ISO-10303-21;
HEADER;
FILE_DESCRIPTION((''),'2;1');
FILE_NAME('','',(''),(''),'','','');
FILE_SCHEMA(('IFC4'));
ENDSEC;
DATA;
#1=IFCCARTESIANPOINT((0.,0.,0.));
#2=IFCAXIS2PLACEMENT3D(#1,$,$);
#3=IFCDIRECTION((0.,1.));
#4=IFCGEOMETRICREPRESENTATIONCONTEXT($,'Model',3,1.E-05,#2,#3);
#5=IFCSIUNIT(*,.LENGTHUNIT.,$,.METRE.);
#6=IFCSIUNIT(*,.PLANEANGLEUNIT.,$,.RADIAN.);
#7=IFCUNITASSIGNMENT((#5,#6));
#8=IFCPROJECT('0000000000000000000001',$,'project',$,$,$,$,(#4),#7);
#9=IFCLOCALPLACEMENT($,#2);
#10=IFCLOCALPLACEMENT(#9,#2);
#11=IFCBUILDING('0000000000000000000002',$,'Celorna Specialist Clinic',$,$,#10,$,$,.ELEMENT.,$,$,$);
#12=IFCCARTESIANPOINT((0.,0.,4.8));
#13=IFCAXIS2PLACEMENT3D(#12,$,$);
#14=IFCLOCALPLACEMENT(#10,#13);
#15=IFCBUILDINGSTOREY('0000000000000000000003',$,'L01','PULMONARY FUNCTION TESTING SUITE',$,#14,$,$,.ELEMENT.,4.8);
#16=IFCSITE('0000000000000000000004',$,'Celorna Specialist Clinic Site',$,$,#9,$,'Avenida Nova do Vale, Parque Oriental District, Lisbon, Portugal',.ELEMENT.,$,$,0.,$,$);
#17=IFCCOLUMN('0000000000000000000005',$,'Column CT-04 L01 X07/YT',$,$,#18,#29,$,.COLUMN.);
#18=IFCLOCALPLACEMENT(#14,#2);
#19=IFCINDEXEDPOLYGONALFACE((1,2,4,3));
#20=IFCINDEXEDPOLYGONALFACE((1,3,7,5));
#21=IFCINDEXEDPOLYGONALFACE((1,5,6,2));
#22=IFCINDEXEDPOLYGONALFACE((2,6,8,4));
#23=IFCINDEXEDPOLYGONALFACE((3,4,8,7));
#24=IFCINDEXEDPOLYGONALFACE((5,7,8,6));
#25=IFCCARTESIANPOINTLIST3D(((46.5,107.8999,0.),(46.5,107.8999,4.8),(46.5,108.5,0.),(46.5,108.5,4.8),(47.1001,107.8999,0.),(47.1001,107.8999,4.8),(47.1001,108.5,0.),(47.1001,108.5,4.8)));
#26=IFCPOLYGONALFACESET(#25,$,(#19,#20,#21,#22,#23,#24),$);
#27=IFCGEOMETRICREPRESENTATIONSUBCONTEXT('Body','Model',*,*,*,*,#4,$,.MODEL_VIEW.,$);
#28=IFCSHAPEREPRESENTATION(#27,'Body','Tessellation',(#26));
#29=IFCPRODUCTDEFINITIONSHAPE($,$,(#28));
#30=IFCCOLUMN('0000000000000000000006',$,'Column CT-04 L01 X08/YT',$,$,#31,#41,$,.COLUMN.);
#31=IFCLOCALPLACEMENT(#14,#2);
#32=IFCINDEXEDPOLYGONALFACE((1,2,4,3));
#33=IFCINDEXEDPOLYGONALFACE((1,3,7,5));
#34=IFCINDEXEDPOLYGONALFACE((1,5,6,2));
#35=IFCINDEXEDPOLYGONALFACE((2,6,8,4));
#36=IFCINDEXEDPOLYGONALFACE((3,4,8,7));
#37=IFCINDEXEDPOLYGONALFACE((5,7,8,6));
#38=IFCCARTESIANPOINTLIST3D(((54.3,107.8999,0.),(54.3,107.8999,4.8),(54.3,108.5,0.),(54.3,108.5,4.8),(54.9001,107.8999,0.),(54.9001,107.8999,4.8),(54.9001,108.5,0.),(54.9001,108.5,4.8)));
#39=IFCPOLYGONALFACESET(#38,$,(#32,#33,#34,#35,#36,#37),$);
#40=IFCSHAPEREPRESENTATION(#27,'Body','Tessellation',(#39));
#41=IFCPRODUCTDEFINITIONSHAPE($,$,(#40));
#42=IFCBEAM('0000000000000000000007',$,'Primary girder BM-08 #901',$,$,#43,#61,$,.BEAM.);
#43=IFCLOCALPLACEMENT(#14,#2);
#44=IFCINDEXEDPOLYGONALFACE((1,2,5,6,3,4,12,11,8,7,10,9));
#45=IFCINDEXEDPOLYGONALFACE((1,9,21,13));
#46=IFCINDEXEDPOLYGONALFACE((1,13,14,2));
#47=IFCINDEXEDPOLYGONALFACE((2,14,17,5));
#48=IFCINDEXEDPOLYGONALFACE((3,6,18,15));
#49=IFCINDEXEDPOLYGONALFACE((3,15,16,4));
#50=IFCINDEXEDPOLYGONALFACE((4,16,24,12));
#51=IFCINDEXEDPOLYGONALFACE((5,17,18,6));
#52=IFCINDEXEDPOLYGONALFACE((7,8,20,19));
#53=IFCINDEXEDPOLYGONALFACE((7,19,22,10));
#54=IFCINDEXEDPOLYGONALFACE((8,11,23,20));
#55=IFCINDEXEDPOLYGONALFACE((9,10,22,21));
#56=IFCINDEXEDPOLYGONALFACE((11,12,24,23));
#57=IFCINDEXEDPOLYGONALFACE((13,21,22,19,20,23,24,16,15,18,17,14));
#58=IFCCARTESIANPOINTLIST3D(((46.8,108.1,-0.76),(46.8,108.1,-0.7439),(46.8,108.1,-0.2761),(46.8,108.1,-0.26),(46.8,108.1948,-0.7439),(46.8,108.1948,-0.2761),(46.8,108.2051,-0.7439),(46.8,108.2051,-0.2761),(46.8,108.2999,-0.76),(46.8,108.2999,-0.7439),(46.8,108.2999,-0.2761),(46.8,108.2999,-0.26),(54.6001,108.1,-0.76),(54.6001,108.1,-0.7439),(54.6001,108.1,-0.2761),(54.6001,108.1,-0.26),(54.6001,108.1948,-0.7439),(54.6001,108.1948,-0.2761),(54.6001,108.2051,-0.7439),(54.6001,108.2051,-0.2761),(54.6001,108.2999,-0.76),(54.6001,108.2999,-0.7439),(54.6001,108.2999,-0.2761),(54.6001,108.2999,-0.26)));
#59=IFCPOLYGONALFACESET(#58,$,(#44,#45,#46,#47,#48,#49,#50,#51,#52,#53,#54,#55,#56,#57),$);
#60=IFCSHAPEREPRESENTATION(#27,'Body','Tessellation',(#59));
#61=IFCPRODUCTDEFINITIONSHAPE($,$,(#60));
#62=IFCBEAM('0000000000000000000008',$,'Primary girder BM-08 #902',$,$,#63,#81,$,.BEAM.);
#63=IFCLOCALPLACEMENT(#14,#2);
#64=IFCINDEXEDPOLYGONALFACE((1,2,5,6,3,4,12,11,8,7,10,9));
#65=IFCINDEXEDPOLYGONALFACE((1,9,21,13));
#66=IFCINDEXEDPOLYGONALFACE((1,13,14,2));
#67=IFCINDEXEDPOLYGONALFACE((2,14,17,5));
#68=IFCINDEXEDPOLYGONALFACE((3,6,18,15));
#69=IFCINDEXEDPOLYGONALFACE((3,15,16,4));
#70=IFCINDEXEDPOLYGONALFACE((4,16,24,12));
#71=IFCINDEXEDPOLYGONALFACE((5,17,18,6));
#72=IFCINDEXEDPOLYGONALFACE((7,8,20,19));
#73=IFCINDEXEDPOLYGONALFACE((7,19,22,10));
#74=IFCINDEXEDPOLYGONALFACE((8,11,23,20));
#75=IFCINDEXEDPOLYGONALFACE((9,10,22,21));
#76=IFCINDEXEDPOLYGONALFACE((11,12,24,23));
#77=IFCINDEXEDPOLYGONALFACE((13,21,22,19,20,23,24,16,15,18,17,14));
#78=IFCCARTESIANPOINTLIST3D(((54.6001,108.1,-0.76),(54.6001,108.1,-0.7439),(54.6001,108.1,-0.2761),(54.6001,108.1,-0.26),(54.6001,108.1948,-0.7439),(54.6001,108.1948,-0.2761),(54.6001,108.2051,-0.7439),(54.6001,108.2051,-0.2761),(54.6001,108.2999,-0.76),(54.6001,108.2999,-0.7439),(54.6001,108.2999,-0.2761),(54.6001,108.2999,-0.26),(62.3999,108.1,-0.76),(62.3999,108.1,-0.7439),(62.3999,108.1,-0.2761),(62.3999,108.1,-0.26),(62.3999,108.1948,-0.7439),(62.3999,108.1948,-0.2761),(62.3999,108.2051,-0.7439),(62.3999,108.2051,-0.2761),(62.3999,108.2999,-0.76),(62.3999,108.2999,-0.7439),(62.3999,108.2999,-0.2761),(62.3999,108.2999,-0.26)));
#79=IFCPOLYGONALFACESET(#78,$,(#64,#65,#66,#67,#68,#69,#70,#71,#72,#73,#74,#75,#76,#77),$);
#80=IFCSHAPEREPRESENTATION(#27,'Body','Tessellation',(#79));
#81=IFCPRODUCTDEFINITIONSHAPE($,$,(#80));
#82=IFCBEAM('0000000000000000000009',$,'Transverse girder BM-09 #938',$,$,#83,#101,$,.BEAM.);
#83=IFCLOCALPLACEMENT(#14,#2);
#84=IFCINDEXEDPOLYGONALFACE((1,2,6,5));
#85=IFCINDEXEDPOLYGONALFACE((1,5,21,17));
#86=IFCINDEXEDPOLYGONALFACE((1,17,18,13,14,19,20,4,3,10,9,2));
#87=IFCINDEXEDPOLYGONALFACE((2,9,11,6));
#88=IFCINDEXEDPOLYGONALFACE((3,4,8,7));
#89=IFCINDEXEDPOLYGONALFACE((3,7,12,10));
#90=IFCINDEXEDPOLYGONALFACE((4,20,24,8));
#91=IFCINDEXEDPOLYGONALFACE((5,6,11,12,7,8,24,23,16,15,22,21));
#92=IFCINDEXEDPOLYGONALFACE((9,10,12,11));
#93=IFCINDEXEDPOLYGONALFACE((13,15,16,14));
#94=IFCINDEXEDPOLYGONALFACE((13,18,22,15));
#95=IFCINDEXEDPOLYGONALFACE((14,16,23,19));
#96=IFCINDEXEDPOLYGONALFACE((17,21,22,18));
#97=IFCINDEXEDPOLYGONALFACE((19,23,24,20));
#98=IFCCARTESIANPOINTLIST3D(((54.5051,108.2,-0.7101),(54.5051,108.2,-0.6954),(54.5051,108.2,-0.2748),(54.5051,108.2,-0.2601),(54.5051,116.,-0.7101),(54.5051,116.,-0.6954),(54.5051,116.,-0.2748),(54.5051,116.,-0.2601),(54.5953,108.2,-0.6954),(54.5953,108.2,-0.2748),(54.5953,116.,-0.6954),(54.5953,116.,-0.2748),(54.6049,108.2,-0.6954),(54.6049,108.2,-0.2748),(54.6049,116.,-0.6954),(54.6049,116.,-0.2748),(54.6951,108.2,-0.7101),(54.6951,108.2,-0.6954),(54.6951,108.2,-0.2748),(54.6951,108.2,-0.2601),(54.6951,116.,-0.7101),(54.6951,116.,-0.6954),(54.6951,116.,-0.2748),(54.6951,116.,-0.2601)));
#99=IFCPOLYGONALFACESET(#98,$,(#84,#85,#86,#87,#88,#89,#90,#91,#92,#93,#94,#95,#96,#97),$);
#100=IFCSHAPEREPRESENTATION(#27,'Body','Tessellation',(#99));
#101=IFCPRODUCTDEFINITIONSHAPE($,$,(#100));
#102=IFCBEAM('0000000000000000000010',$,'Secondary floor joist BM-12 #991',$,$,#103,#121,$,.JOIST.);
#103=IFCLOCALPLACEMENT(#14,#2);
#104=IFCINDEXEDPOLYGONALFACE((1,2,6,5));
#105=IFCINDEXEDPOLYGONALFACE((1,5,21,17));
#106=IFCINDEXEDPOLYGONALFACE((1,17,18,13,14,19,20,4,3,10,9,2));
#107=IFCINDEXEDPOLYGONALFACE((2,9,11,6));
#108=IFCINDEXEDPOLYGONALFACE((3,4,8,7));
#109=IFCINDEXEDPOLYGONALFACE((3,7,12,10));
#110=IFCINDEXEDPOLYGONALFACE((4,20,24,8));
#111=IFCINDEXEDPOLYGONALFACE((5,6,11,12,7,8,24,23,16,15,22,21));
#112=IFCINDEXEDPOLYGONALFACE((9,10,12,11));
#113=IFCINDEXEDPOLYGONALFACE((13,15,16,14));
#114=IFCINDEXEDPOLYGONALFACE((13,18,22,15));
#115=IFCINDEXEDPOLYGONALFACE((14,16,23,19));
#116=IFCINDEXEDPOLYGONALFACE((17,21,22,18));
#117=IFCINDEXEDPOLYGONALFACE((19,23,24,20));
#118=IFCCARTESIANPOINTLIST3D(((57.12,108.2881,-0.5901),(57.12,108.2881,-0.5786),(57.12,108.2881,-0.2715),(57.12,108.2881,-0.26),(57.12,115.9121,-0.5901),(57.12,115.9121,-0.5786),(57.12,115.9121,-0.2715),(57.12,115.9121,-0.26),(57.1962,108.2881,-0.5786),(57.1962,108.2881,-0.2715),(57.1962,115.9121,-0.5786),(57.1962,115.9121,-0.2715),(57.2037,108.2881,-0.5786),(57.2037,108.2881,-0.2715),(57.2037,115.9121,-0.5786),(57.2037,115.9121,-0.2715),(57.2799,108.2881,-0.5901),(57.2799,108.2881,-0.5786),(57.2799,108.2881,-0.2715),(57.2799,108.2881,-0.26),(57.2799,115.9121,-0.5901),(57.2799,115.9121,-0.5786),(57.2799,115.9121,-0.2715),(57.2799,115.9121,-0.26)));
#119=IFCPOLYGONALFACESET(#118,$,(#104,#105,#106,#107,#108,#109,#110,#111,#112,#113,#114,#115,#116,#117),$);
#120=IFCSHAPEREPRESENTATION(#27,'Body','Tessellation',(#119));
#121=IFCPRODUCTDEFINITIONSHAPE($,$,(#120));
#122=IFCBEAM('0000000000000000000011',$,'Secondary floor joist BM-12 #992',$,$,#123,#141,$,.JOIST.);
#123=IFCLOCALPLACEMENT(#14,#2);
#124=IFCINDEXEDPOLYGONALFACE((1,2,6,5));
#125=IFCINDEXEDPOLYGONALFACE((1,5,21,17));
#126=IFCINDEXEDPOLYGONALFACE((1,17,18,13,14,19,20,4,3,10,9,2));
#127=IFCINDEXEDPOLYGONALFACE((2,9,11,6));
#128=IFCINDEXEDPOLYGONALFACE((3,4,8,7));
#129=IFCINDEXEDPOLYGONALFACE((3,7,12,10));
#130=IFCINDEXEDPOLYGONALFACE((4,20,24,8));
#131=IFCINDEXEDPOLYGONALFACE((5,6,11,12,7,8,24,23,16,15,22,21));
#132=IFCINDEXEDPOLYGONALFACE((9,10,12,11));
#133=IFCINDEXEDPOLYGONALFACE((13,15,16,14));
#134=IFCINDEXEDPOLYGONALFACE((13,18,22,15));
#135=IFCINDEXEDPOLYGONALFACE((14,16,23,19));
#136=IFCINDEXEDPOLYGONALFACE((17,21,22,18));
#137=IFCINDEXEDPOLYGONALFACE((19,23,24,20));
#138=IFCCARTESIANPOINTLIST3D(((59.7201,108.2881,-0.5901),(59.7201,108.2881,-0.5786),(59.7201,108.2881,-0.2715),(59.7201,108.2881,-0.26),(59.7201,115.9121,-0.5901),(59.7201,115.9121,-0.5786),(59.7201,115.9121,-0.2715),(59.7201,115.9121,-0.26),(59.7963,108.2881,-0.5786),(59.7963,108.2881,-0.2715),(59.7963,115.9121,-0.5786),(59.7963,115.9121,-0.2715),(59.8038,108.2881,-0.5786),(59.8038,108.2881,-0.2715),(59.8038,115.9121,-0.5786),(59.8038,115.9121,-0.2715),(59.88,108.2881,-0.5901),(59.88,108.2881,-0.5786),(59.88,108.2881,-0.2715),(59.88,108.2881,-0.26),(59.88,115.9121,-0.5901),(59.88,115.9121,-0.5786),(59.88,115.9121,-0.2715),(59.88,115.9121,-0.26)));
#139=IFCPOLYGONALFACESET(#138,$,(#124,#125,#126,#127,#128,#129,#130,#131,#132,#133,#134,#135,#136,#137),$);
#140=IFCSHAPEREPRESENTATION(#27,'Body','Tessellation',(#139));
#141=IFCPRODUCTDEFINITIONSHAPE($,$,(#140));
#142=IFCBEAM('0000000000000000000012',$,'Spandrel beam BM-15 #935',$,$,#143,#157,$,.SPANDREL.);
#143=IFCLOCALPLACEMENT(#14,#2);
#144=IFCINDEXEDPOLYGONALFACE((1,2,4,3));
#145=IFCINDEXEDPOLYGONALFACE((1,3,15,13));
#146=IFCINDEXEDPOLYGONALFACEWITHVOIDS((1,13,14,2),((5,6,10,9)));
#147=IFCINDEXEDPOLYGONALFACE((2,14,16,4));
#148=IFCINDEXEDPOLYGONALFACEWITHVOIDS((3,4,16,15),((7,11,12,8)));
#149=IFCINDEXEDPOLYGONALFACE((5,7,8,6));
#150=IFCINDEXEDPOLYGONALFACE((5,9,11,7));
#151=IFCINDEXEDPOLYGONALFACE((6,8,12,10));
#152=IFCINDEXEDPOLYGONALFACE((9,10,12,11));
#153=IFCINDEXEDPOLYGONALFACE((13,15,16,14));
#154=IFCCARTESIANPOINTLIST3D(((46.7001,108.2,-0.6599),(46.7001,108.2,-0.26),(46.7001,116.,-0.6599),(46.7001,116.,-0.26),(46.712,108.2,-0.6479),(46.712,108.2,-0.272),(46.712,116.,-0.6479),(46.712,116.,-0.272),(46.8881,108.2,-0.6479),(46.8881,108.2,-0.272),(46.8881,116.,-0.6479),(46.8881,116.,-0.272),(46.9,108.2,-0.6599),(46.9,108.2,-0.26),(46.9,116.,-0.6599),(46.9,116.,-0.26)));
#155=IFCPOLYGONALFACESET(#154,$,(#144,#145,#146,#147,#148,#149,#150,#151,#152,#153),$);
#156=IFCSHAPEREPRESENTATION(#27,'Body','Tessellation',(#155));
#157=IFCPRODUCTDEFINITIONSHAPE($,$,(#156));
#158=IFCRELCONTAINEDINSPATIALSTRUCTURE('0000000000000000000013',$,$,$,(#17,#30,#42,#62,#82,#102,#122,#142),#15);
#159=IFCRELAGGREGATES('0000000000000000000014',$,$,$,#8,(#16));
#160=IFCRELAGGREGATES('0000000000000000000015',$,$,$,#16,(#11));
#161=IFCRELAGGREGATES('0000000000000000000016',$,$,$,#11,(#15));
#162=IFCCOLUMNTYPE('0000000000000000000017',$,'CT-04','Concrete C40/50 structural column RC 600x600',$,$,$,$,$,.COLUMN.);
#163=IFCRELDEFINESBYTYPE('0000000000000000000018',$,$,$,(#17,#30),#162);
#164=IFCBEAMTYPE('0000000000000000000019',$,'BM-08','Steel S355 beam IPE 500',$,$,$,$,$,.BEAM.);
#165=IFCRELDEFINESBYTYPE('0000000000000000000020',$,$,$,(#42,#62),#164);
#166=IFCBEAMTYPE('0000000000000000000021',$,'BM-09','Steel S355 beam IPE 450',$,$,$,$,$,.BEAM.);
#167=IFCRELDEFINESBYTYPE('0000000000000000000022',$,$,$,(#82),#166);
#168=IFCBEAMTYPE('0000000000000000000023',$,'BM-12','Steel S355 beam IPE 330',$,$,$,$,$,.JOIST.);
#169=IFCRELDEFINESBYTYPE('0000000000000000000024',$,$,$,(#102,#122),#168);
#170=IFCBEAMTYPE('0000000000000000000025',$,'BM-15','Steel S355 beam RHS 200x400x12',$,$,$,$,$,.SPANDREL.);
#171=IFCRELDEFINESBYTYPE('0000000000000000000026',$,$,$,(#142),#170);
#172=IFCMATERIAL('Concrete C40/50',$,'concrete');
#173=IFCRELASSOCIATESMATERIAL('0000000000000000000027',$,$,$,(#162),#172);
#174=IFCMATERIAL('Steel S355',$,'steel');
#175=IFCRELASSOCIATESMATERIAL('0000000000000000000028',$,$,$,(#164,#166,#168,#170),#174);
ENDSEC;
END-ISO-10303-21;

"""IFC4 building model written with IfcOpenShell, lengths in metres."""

from ifc_helpers import new_model, si_unit, direction, frame, origin, origin_2d, place, context, subcontext, project, spatial, rectangle, hollow_rectangle, i_section, extrude, material, material_profile, profile_set, type_object, element, save


model = new_model("IFC4")

# Units and contexts
model_context = context("Model", 3, precision=1e-05, world=origin(), true_north=direction((0.0, 1.0)))
body_context = subcontext(model_context, "Body", "Model", "MODEL_VIEW")
ifc_project = project(units=[si_unit("LENGTHUNIT", "METRE"), si_unit("PLANEANGLEUNIT", "RADIAN")], contexts=[model_context])

# Site, building, storey
site_placement = place(None, origin())
site = spatial("IfcSite", under=ifc_project, at=site_placement, Name="Celorna Specialist Clinic Site", LongName="Avenida Nova do Vale, Parque Oriental District, Lisbon, Portugal", CompositionType="ELEMENT", RefElevation=0.0)
building_placement = place(site_placement, origin())
building = spatial("IfcBuilding", under=site, at=building_placement, Name="Celorna Specialist Clinic", CompositionType="ELEMENT")
storey_placement = place(building_placement, frame((0.0, 0.0, 4.8)))
storey = spatial("IfcBuildingStorey", under=building, at=storey_placement, Name="L01", Description="PULMONARY FUNCTION TESTING SUITE", CompositionType="ELEMENT", Elevation=4.8)

# Columns
ifc_material_1 = material(Name="Concrete C40/50", Category="concrete")
ifc_material_profile_1 = material_profile(ifc_material_1, rectangle(XDim=0.6001, YDim=0.6001, at=origin_2d()), Name="RC 600x600")
ifc_profile_set_1 = profile_set([ifc_material_profile_1], Name="Concrete C40/50")
column_type = type_object("IfcColumnType", Name="CT-04", Description="Concrete C40/50 structural column RC 600x600", PredefinedType="COLUMN", material=ifc_profile_set_1)
for number, where, z_axis, x_axis, name in (
    (1, (46.8, 108.2, 0.0), (0.0, 0.0, 1.0), (1.0, 0.0, 0.0), "Column CT-04 L01 X07/YT"),
    (2, (54.6001, 108.2, 0.0), (0.0, 0.0, 1.0), (1.0, 0.0, 0.0), "Column CT-04 L01 X08/YT"),
):
    element("IfcColumn", number, at=place(storey_placement, frame(where, z_axis=z_axis, x_axis=x_axis)), inside=storey, type_object=column_type, Name=name, PredefinedType="COLUMN", context=body_context, shape_type="SweptSolid", body=[
        extrude(rectangle(XDim=0.6001, YDim=0.6001, at=origin_2d()), origin(), (0.0, 0.0, 1.0), 4.8),
    ])

# Beams
ifc_material_2 = material(Name="Steel S355", Category="steel")
ifc_material_profile_2 = material_profile(ifc_material_2, i_section(OverallWidth=0.2, OverallDepth=0.5, WebThickness=0.0103, FlangeThickness=0.0161, at=origin_2d()), Name="IPE 500")
ifc_profile_set_2 = profile_set([ifc_material_profile_2], Name="Steel S355")
beam_type_1 = type_object("IfcBeamType", Name="BM-08", Description="Steel S355 beam IPE 500", PredefinedType="BEAM", material=ifc_profile_set_2)
beam_1_placement = place(storey_placement, frame((46.8, 108.2, -0.51), z_axis=(1.0, 0.0, 0.0), x_axis=(0.0, 1.0, 0.0)))
element("IfcBeam", 3, at=beam_1_placement, inside=storey, type_object=beam_type_1, Name="Primary girder BM-08 #901", PredefinedType="BEAM", context=body_context, shape_type="SweptSolid", body=[
    extrude(i_section(OverallWidth=0.2, OverallDepth=0.5, WebThickness=0.0103, FlangeThickness=0.0161, at=origin_2d()), origin(), (0.0, 0.0, 1.0), 7.8),
])
beam_2_placement = place(storey_placement, frame((54.6001, 108.2, -0.51), z_axis=(1.0, 0.0, 0.0), x_axis=(0.0, 1.0, 0.0)))
element("IfcBeam", 4, at=beam_2_placement, inside=storey, type_object=beam_type_1, Name="Primary girder BM-08 #902", PredefinedType="BEAM", context=body_context, shape_type="SweptSolid", body=[
    extrude(i_section(OverallWidth=0.2, OverallDepth=0.5, WebThickness=0.0103, FlangeThickness=0.0161, at=origin_2d()), origin(), (0.0, 0.0, 1.0), 7.7998),
])
ifc_material_profile_3 = material_profile(ifc_material_2, i_section(OverallWidth=0.1899, OverallDepth=0.45, WebThickness=0.0095, FlangeThickness=0.0146, at=origin_2d()), Name="IPE 450")
ifc_profile_set_3 = profile_set([ifc_material_profile_3], Name="Steel S355")
beam_type_2 = type_object("IfcBeamType", Name="BM-09", Description="Steel S355 beam IPE 450", PredefinedType="BEAM", material=ifc_profile_set_3)
beam_3_placement = place(storey_placement, frame((54.6001, 108.2, -0.4851), z_axis=(0.0, 1.0, 0.0), x_axis=(-1.0, 0.0, 0.0)))
element("IfcBeam", 5, at=beam_3_placement, inside=storey, type_object=beam_type_2, Name="Transverse girder BM-09 #938", PredefinedType="BEAM", context=body_context, shape_type="SweptSolid", body=[
    extrude(i_section(OverallWidth=0.1899, OverallDepth=0.45, WebThickness=0.0095, FlangeThickness=0.0146, at=origin_2d()), origin(), (0.0, 0.0, 1.0), 7.8),
])
ifc_material_profile_4 = material_profile(ifc_material_2, i_section(OverallWidth=0.1599, OverallDepth=0.3301, WebThickness=0.0076, FlangeThickness=0.0115, at=origin_2d()), Name="IPE 330")
ifc_profile_set_4 = profile_set([ifc_material_profile_4], Name="Steel S355")
beam_type_3 = type_object("IfcBeamType", Name="BM-12", Description="Steel S355 beam IPE 330", PredefinedType="JOIST", material=ifc_profile_set_4)
for number, where, z_axis, x_axis, name in (
    (6, (57.2, 108.2881, -0.425), (0.0, 1.0, 0.0), (-1.0, 0.0, 0.0), "Secondary floor joist BM-12 #991"),
    (7, (59.8, 108.2881, -0.425), (0.0, 1.0, 0.0), (-1.0, 0.0, 0.0), "Secondary floor joist BM-12 #992"),
):
    element("IfcBeam", number, at=place(storey_placement, frame(where, z_axis=z_axis, x_axis=x_axis)), inside=storey, type_object=beam_type_3, Name=name, PredefinedType="JOIST", context=body_context, shape_type="SweptSolid", body=[
        extrude(i_section(OverallWidth=0.1599, OverallDepth=0.3301, WebThickness=0.0076, FlangeThickness=0.0115, at=origin_2d()), origin(), (0.0, 0.0, 1.0), 7.624),
    ])
ifc_material_profile_5 = material_profile(ifc_material_2, hollow_rectangle(XDim=0.2, YDim=0.3999, WallThickness=0.012, at=origin_2d()), Name="RHS 200x400x12")
ifc_profile_set_5 = profile_set([ifc_material_profile_5], Name="Steel S355")
beam_type_4 = type_object("IfcBeamType", Name="BM-15", Description="Steel S355 beam RHS 200x400x12", PredefinedType="SPANDREL", material=ifc_profile_set_5)
beam_4_placement = place(storey_placement, frame((46.8, 108.2, -0.46), z_axis=(0.0, 1.0, 0.0), x_axis=(-1.0, 0.0, 0.0)))
element("IfcBeam", 8, at=beam_4_placement, inside=storey, type_object=beam_type_4, Name="Spandrel beam BM-15 #935", PredefinedType="SPANDREL", context=body_context, shape_type="SweptSolid", body=[
    extrude(hollow_rectangle(XDim=0.2, YDim=0.3999, WallThickness=0.012, at=origin_2d()), origin(), (0.0, 0.0, 1.0), 7.8),
])

save(model, "model.ifc")
